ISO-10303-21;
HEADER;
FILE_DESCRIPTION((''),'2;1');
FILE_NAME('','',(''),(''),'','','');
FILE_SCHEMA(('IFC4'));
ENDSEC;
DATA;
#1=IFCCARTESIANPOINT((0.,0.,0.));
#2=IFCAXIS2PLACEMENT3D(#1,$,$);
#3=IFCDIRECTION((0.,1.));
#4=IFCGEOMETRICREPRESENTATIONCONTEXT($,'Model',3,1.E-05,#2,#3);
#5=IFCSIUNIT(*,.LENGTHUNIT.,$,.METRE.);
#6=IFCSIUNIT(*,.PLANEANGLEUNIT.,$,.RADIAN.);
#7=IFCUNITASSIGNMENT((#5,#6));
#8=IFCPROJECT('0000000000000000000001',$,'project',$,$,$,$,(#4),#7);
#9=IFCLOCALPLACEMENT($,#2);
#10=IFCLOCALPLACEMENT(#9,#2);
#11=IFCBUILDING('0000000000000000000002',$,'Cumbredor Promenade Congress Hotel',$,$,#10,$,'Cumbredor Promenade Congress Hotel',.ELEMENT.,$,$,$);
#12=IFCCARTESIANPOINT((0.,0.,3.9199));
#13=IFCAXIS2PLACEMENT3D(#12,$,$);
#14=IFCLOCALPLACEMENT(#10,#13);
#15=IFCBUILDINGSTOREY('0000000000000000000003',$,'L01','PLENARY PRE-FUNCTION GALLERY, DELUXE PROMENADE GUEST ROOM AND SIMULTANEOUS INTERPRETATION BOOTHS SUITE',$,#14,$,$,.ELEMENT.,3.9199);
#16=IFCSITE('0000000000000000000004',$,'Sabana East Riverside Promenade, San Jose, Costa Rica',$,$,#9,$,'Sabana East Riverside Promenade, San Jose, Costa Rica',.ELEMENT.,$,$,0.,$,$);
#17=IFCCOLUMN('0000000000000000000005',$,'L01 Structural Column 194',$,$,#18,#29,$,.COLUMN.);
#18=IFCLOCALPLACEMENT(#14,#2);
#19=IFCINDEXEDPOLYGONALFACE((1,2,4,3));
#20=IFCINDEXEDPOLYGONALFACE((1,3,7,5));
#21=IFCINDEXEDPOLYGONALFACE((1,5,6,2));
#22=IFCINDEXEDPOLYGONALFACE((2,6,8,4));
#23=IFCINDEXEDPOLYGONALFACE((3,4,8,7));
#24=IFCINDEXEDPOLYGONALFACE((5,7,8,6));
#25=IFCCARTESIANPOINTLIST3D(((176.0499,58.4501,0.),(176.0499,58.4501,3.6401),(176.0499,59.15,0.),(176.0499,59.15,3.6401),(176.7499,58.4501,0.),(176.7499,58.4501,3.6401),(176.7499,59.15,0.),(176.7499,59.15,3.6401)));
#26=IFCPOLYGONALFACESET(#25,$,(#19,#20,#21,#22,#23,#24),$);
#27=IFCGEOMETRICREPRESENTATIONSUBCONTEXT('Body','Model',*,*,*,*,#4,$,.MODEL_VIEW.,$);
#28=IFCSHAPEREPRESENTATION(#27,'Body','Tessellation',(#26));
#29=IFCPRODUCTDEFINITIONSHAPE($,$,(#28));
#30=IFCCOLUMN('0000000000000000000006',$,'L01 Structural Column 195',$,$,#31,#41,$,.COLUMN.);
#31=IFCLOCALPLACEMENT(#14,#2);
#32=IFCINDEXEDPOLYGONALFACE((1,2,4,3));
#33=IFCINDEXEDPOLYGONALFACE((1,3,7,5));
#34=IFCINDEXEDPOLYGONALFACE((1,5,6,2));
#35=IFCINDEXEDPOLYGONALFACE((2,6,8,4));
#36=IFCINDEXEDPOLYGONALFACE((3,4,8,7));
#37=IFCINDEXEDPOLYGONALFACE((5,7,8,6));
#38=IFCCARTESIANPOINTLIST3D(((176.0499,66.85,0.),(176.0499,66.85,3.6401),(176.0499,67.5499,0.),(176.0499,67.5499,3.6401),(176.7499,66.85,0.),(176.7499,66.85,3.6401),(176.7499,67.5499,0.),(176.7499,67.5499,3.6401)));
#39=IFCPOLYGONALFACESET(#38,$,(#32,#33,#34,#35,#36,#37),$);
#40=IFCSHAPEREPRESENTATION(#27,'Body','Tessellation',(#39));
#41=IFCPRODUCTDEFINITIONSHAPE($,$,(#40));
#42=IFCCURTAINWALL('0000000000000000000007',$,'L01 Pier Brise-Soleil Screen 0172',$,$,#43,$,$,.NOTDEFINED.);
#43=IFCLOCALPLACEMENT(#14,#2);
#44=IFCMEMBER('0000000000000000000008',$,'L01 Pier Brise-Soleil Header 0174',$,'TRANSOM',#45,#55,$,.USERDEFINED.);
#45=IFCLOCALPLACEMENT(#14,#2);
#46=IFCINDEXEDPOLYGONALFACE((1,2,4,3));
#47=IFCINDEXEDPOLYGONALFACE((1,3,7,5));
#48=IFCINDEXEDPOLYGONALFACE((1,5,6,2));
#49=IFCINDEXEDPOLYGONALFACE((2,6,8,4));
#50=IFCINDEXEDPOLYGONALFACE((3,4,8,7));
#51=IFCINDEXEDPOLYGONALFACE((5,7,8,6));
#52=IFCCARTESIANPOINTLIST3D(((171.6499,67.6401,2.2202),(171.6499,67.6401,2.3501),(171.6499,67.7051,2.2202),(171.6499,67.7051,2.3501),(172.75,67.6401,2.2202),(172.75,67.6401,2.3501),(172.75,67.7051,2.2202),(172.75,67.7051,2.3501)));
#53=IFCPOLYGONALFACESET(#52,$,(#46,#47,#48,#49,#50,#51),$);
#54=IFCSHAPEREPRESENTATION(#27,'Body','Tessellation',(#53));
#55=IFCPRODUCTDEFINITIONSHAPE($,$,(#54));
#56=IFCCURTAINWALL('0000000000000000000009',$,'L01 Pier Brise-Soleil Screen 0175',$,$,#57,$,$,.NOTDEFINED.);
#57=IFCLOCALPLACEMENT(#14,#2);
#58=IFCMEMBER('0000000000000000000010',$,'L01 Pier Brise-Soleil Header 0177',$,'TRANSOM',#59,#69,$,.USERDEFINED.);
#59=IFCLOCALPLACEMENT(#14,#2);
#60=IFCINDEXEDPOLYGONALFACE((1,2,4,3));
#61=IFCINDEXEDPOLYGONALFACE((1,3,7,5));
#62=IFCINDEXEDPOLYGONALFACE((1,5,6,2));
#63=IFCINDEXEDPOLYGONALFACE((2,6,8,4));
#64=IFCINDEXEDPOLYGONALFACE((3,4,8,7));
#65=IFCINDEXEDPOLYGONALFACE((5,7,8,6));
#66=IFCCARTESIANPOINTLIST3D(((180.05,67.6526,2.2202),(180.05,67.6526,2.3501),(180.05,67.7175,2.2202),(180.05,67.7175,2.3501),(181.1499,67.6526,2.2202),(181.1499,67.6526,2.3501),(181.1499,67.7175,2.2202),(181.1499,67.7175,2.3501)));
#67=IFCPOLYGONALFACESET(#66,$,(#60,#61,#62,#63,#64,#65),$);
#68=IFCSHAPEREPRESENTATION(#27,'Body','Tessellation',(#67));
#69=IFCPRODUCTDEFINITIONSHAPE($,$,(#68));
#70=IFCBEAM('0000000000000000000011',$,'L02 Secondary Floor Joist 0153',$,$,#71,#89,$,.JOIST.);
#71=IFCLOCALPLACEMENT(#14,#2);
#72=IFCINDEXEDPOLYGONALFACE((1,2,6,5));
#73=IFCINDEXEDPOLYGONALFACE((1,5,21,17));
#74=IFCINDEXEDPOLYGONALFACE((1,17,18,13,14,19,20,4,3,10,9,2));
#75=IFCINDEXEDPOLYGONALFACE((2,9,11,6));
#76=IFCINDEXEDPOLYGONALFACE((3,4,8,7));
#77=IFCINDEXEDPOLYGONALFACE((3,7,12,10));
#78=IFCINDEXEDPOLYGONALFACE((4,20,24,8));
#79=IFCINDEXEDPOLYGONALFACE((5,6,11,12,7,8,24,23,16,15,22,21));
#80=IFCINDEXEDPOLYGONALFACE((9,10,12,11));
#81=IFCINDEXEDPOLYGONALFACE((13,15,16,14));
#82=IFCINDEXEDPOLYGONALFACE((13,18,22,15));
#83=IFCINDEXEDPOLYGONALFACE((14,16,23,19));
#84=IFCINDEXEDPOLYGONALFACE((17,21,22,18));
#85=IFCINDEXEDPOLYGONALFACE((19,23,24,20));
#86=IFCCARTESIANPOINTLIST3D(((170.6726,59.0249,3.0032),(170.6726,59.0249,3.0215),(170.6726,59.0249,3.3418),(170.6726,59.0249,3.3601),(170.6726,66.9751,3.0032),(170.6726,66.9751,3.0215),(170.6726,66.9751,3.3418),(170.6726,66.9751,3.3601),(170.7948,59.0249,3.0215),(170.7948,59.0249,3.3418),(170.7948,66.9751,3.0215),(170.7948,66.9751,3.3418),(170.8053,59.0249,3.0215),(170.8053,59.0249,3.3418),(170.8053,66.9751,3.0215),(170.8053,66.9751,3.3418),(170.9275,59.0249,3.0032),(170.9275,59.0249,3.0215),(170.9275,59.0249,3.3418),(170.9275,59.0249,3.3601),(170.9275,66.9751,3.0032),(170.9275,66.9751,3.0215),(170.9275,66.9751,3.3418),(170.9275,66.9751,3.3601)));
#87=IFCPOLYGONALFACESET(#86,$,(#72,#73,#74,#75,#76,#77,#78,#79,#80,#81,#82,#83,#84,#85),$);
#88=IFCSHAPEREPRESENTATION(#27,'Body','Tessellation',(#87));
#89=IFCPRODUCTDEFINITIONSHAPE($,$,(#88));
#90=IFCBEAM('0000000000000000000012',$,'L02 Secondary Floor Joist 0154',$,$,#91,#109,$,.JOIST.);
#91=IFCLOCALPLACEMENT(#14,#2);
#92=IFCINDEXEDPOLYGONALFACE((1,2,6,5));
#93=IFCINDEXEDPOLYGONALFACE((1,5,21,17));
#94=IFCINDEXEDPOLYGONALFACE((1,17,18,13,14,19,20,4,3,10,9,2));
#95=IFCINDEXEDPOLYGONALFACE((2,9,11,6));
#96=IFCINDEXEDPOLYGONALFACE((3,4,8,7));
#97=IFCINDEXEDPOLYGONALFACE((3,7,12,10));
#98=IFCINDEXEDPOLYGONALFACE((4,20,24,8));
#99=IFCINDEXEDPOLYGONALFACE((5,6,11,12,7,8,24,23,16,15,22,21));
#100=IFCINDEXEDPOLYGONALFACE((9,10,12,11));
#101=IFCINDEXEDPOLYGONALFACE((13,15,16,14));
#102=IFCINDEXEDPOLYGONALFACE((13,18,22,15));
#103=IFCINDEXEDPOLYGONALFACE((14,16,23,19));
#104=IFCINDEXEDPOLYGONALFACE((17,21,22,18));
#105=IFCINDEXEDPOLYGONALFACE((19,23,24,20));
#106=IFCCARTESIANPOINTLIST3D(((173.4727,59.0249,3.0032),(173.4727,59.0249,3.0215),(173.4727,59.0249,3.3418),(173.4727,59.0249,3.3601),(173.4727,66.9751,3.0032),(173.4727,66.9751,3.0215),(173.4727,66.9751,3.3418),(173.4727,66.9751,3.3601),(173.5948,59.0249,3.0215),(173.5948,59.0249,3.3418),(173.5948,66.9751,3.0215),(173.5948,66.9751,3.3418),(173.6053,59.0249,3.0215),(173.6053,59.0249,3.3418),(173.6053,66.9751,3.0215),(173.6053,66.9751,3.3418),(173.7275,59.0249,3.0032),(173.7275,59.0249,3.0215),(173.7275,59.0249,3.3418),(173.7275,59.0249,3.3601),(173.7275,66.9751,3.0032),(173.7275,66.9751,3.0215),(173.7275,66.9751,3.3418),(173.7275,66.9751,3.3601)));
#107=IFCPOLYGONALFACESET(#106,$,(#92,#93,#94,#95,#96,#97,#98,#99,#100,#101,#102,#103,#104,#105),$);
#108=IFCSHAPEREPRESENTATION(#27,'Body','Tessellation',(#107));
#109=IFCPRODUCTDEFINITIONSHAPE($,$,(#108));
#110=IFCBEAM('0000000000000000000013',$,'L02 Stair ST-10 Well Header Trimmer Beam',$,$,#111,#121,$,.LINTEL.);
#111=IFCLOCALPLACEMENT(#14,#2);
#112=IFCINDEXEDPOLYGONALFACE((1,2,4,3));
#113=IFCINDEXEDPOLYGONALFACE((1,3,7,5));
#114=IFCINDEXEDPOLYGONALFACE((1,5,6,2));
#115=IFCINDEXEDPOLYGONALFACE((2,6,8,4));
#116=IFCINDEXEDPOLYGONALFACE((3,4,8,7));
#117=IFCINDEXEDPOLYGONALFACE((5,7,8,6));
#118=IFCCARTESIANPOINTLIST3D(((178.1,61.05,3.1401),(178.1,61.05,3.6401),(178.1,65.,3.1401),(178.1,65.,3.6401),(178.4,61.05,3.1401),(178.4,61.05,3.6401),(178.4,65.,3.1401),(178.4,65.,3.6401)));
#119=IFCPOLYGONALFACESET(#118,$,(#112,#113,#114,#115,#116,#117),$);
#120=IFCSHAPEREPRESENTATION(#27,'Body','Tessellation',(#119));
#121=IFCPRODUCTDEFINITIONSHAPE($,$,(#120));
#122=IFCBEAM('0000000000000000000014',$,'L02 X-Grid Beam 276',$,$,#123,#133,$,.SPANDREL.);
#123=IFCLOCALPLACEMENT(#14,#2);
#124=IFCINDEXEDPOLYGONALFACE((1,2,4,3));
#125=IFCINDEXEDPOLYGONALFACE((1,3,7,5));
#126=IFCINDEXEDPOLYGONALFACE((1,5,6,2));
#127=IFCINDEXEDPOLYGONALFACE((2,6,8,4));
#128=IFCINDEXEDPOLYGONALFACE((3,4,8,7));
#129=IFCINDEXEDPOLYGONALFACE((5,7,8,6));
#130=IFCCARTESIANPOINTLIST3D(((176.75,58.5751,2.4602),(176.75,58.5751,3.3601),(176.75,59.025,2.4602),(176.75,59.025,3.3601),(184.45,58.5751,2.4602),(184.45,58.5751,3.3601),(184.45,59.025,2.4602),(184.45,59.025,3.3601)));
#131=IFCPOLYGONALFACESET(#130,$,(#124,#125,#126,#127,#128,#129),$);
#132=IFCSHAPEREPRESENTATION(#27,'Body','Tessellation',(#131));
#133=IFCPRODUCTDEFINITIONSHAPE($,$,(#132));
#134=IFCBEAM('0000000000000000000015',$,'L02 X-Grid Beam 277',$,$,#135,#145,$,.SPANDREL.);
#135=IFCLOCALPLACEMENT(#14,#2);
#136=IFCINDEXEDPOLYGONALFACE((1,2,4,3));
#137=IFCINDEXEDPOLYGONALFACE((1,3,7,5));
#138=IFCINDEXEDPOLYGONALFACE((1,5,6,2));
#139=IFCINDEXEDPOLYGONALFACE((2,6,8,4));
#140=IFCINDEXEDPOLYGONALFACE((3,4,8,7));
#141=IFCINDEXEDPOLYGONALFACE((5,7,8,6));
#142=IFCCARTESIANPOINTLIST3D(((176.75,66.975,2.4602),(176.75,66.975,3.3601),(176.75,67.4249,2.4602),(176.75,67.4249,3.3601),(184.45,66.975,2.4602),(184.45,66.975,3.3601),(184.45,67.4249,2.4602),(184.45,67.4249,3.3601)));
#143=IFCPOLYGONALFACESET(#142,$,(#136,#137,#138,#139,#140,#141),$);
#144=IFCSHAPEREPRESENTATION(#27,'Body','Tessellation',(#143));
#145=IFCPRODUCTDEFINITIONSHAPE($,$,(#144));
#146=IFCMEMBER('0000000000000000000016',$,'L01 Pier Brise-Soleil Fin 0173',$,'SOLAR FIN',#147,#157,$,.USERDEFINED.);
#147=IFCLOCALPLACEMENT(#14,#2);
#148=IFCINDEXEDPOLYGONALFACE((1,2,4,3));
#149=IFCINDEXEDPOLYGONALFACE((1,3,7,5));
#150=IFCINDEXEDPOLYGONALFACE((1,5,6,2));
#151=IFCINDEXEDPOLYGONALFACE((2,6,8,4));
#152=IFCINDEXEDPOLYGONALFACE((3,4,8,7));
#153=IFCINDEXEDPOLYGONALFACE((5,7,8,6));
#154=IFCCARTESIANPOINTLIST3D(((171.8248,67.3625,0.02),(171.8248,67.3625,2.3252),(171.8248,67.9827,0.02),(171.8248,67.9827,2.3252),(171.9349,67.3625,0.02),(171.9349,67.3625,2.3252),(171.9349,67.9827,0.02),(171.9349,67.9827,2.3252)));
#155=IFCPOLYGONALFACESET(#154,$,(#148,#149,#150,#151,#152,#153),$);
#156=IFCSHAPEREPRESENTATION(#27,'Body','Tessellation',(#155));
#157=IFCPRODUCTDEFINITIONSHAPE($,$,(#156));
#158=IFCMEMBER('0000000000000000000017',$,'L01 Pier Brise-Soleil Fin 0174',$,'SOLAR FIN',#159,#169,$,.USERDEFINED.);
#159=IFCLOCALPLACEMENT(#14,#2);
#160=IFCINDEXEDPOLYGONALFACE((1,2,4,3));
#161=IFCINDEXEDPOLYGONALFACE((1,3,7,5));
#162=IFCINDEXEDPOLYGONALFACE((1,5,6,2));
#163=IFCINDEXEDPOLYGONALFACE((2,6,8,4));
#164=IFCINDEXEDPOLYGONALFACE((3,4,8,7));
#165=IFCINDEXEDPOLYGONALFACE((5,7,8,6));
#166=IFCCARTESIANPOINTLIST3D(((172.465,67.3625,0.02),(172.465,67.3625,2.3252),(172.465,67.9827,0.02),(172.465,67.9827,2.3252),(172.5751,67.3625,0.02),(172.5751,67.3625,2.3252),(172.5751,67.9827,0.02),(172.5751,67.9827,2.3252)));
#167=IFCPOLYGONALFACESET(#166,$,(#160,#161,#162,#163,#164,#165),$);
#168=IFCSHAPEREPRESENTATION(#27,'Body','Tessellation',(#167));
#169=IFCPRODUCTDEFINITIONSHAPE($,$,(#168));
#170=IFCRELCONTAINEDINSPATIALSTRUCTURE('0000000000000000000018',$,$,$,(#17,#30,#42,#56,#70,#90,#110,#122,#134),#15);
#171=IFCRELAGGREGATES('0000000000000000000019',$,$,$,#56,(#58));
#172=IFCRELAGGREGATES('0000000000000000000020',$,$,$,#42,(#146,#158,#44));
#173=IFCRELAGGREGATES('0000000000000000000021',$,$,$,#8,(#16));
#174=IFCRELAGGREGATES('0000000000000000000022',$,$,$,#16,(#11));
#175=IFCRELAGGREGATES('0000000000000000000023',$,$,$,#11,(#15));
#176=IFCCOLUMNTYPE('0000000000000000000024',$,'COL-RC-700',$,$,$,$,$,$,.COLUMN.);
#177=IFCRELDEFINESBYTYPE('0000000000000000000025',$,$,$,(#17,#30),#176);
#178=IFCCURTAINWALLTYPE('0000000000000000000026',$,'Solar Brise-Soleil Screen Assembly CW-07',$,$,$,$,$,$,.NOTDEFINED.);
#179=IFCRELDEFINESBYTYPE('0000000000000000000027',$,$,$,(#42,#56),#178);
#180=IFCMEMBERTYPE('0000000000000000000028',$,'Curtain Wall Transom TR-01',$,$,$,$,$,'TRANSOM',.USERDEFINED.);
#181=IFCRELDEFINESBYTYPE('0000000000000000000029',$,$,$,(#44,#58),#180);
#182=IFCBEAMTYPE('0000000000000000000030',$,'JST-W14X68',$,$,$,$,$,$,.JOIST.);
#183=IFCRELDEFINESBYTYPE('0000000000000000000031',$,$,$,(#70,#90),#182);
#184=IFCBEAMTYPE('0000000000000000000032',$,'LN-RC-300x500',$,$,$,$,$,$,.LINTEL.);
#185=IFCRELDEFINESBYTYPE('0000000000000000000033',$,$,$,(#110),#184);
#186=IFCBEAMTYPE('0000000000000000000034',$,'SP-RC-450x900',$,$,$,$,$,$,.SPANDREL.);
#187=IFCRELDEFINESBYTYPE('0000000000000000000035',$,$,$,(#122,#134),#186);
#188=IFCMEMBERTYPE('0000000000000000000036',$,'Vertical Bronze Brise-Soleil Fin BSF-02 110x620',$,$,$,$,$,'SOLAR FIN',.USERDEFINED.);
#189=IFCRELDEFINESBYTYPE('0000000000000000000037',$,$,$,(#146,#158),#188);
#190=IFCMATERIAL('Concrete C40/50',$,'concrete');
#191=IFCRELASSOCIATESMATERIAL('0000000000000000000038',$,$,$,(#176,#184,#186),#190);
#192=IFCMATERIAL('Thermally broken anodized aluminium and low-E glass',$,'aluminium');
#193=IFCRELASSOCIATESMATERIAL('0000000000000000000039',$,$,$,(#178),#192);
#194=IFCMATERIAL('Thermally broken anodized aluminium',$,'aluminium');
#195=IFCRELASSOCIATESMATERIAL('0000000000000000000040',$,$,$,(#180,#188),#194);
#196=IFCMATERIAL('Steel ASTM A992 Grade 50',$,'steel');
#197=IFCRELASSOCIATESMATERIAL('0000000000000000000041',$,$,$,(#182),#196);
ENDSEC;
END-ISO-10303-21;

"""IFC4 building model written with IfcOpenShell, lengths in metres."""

from ifc_helpers import new_model, si_unit, direction, frame, origin, origin_2d, place, context, subcontext, project, spatial, rectangle, i_section, extrude, material, material_profile, profile_set, type_object, element, aggregate, save


model = new_model("IFC4")

# Units and contexts
model_context = context("Model", 3, precision=1e-05, world=origin(), true_north=direction((0.0, 1.0)))
body_context = subcontext(model_context, "Body", "Model", "MODEL_VIEW")
ifc_project = project(units=[si_unit("LENGTHUNIT", "METRE"), si_unit("PLANEANGLEUNIT", "RADIAN")], contexts=[model_context])

# Site, building, storey
site_placement = place(None, origin())
site = spatial("IfcSite", under=ifc_project, at=site_placement, Name="Sabana East Riverside Promenade, San Jose, Costa Rica", LongName="Sabana East Riverside Promenade, San Jose, Costa Rica", CompositionType="ELEMENT", RefElevation=0.0)
building_placement = place(site_placement, origin())
building = spatial("IfcBuilding", under=site, at=building_placement, Name="Cumbredor Promenade Congress Hotel", LongName="Cumbredor Promenade Congress Hotel", CompositionType="ELEMENT")
storey_placement = place(building_placement, frame((0.0, 0.0, 3.9199)))
storey = spatial("IfcBuildingStorey", under=building, at=storey_placement, Name="L01", Description="PLENARY PRE-FUNCTION GALLERY, DELUXE PROMENADE GUEST ROOM AND SIMULTANEOUS INTERPRETATION BOOTHS SUITE", CompositionType="ELEMENT", Elevation=3.9199)

# Columns
ifc_material_1 = material(Name="Concrete C40/50", Category="concrete")
ifc_material_profile_1 = material_profile(ifc_material_1, rectangle(XDim=0.7, YDim=0.7, at=origin_2d()), Name="RC 700x700")
ifc_profile_set_1 = profile_set([ifc_material_profile_1], Name="Concrete C40/50")
column_type = type_object("IfcColumnType", Name="COL-RC-700", PredefinedType="COLUMN", material=ifc_profile_set_1)
for number, where, z_axis, x_axis, name in (
    (1, (176.3999, 58.8, 0.0), (0.0, 0.0, 1.0), (1.0, 0.0, 0.0), "L01 Structural Column 194"),
    (2, (176.3999, 67.2, 0.0), (0.0, 0.0, 1.0), (1.0, 0.0, 0.0), "L01 Structural Column 195"),
):
    element("IfcColumn", number, at=place(storey_placement, frame(where, z_axis=z_axis, x_axis=x_axis)), inside=storey, type_object=column_type, Name=name, PredefinedType="COLUMN", context=body_context, shape_type="SweptSolid", body=[
        extrude(rectangle(XDim=0.7, YDim=0.7, at=origin_2d()), origin(), (0.0, 0.0, 1.0), 3.6401),
    ])

# Curtain walls, members
ifc_material_2 = material(Name="Thermally broken anodized aluminium and low-E glass", Category="aluminium")
curtain_wall_type = type_object("IfcCurtainWallType", Name="Solar Brise-Soleil Screen Assembly CW-07", PredefinedType="NOTDEFINED", material=ifc_material_2)
curtain_wall_1_placement = place(storey_placement, origin())
curtain_wall_1 = element("IfcCurtainWall", 3, at=curtain_wall_1_placement, inside=storey, type_object=curtain_wall_type, Name="L01 Pier Brise-Soleil Screen 0172", PredefinedType="NOTDEFINED")
ifc_material_3 = material(Name="Thermally broken anodized aluminium", Category="aluminium")
ifc_material_profile_2 = material_profile(ifc_material_3, rectangle(XDim=0.0649, YDim=0.1299, at=origin_2d()), Name="ALU TRANSOM 65x130")
ifc_profile_set_2 = profile_set([ifc_material_profile_2], Name="Thermally broken anodized aluminium")
member_type_1 = type_object("IfcMemberType", Name="Curtain Wall Transom TR-01", ElementType="TRANSOM", PredefinedType="USERDEFINED", material=ifc_profile_set_2)
member_1_placement = place(storey_placement, frame((171.6499, 67.6726, 2.2852), z_axis=(1.0, 0.0, 0.0), x_axis=(0.0, 1.0, 0.0)))
member_1 = element("IfcMember", 4, at=member_1_placement, type_object=member_type_1, Name="L01 Pier Brise-Soleil Header 0174", ObjectType="TRANSOM", PredefinedType="USERDEFINED", context=body_context, shape_type="SweptSolid", body=[
    extrude(rectangle(XDim=0.0649, YDim=0.1299, at=origin_2d()), origin(), (0.0, 0.0, 1.0), 1.1001),
])
curtain_wall_2_placement = place(storey_placement, origin())
curtain_wall_2 = element("IfcCurtainWall", 5, at=curtain_wall_2_placement, inside=storey, type_object=curtain_wall_type, Name="L01 Pier Brise-Soleil Screen 0175", PredefinedType="NOTDEFINED")
member_2_placement = place(storey_placement, frame((180.05, 67.6851, 2.2852), z_axis=(1.0, 0.0, 0.0), x_axis=(0.0, 1.0, 0.0)))
member_2 = element("IfcMember", 6, at=member_2_placement, type_object=member_type_1, Name="L01 Pier Brise-Soleil Header 0177", ObjectType="TRANSOM", PredefinedType="USERDEFINED", context=body_context, shape_type="SweptSolid", body=[
    extrude(rectangle(XDim=0.0649, YDim=0.1299, at=origin_2d()), origin(), (0.0, 0.0, 1.0), 1.0999),
])
aggregate(curtain_wall_2, [member_2])

# Beams
ifc_material_4 = material(Name="Steel ASTM A992 Grade 50", Category="steel")
ifc_material_profile_3 = material_profile(ifc_material_4, i_section(OverallWidth=0.2549, OverallDepth=0.3569, WebThickness=0.0105, FlangeThickness=0.0183, at=origin_2d()), Name="W14X68")
ifc_profile_set_3 = profile_set([ifc_material_profile_3], Name="Steel ASTM A992 Grade 50")
beam_type_1 = type_object("IfcBeamType", Name="JST-W14X68", PredefinedType="JOIST", material=ifc_profile_set_3)
for number, where, z_axis, x_axis, name in (
    (7, (170.8, 59.0249, 3.1816), (0.0, 1.0, 0.0), (-1.0, 0.0, 0.0), "L02 Secondary Floor Joist 0153"),
    (8, (173.6001, 59.0249, 3.1816), (0.0, 1.0, 0.0), (-1.0, 0.0, 0.0), "L02 Secondary Floor Joist 0154"),
):
    element("IfcBeam", number, at=place(storey_placement, frame(where, z_axis=z_axis, x_axis=x_axis)), inside=storey, type_object=beam_type_1, Name=name, PredefinedType="JOIST", context=body_context, shape_type="SweptSolid", body=[
        extrude(i_section(OverallWidth=0.2549, OverallDepth=0.3569, WebThickness=0.0105, FlangeThickness=0.0183, at=origin_2d()), origin(), (0.0, 0.0, 1.0), 7.9502),
    ])
ifc_material_profile_4 = material_profile(ifc_material_1, rectangle(XDim=0.3, YDim=0.5, at=origin_2d()), Name="RC LINTEL 300x500")
ifc_profile_set_4 = profile_set([ifc_material_profile_4], Name="Concrete C40/50")
beam_type_2 = type_object("IfcBeamType", Name="LN-RC-300x500", PredefinedType="LINTEL", material=ifc_profile_set_4)
beam_placement = place(storey_placement, frame((178.25, 61.05, 3.3901), z_axis=(0.0, 1.0, 0.0), x_axis=(-1.0, 0.0, 0.0)))
element("IfcBeam", 9, at=beam_placement, inside=storey, type_object=beam_type_2, Name="L02 Stair ST-10 Well Header Trimmer Beam", PredefinedType="LINTEL", context=body_context, shape_type="SweptSolid", body=[
    extrude(rectangle(XDim=0.3, YDim=0.5, at=origin_2d()), origin(), (0.0, 0.0, 1.0), 3.95),
])
ifc_material_profile_5 = material_profile(ifc_material_1, rectangle(XDim=0.45, YDim=0.8999, at=origin_2d()), Name="RC SPANDREL 450x900")
ifc_profile_set_5 = profile_set([ifc_material_profile_5], Name="Concrete C40/50")
beam_type_3 = type_object("IfcBeamType", Name="SP-RC-450x900", PredefinedType="SPANDREL", material=ifc_profile_set_5)
for number, where, z_axis, x_axis, name in (
    (10, (176.75, 58.8, 2.9102), (1.0, 0.0, 0.0), (0.0, 1.0, 0.0), "L02 X-Grid Beam 276"),
    (11, (176.75, 67.2, 2.9102), (1.0, 0.0, 0.0), (0.0, 1.0, 0.0), "L02 X-Grid Beam 277"),
):
    element("IfcBeam", number, at=place(storey_placement, frame(where, z_axis=z_axis, x_axis=x_axis)), inside=storey, type_object=beam_type_3, Name=name, PredefinedType="SPANDREL", context=body_context, shape_type="SweptSolid", body=[
        extrude(rectangle(XDim=0.45, YDim=0.8999, at=origin_2d()), origin(), (0.0, 0.0, 1.0), 7.7),
    ])

# Members
ifc_material_profile_6 = material_profile(ifc_material_3, rectangle(XDim=0.1101, YDim=0.6201, at=origin_2d()), Name="ARCH FIN 110x620")
ifc_profile_set_6 = profile_set([ifc_material_profile_6], Name="Thermally broken anodized aluminium")
member_type_2 = type_object("IfcMemberType", Name="Vertical Bronze Brise-Soleil Fin BSF-02 110x620", ElementType="SOLAR FIN", PredefinedType="USERDEFINED", material=ifc_profile_set_6)
member_3_placement = place(storey_placement, frame((171.8799, 67.6726, 0.02), z_axis=(0.0, 0.0, 1.0), x_axis=(1.0, 0.0, 0.0)))
member_3 = element("IfcMember", 12, at=member_3_placement, type_object=member_type_2, Name="L01 Pier Brise-Soleil Fin 0173", ObjectType="SOLAR FIN", PredefinedType="USERDEFINED", context=body_context, shape_type="SweptSolid", body=[
    extrude(rectangle(XDim=0.1101, YDim=0.6201, at=origin_2d()), origin(), (0.0, 0.0, 1.0), 2.3052),
])
member_4_placement = place(storey_placement, frame((172.52, 67.6726, 0.02), z_axis=(0.0, 0.0, 1.0), x_axis=(1.0, 0.0, 0.0)))
member_4 = element("IfcMember", 13, at=member_4_placement, type_object=member_type_2, Name="L01 Pier Brise-Soleil Fin 0174", ObjectType="SOLAR FIN", PredefinedType="USERDEFINED", context=body_context, shape_type="SweptSolid", body=[
    extrude(rectangle(XDim=0.1101, YDim=0.6201, at=origin_2d()), origin(), (0.0, 0.0, 1.0), 2.3052),
])
aggregate(curtain_wall_1, [member_3, member_4, member_1])

save(model, "model.ifc")
